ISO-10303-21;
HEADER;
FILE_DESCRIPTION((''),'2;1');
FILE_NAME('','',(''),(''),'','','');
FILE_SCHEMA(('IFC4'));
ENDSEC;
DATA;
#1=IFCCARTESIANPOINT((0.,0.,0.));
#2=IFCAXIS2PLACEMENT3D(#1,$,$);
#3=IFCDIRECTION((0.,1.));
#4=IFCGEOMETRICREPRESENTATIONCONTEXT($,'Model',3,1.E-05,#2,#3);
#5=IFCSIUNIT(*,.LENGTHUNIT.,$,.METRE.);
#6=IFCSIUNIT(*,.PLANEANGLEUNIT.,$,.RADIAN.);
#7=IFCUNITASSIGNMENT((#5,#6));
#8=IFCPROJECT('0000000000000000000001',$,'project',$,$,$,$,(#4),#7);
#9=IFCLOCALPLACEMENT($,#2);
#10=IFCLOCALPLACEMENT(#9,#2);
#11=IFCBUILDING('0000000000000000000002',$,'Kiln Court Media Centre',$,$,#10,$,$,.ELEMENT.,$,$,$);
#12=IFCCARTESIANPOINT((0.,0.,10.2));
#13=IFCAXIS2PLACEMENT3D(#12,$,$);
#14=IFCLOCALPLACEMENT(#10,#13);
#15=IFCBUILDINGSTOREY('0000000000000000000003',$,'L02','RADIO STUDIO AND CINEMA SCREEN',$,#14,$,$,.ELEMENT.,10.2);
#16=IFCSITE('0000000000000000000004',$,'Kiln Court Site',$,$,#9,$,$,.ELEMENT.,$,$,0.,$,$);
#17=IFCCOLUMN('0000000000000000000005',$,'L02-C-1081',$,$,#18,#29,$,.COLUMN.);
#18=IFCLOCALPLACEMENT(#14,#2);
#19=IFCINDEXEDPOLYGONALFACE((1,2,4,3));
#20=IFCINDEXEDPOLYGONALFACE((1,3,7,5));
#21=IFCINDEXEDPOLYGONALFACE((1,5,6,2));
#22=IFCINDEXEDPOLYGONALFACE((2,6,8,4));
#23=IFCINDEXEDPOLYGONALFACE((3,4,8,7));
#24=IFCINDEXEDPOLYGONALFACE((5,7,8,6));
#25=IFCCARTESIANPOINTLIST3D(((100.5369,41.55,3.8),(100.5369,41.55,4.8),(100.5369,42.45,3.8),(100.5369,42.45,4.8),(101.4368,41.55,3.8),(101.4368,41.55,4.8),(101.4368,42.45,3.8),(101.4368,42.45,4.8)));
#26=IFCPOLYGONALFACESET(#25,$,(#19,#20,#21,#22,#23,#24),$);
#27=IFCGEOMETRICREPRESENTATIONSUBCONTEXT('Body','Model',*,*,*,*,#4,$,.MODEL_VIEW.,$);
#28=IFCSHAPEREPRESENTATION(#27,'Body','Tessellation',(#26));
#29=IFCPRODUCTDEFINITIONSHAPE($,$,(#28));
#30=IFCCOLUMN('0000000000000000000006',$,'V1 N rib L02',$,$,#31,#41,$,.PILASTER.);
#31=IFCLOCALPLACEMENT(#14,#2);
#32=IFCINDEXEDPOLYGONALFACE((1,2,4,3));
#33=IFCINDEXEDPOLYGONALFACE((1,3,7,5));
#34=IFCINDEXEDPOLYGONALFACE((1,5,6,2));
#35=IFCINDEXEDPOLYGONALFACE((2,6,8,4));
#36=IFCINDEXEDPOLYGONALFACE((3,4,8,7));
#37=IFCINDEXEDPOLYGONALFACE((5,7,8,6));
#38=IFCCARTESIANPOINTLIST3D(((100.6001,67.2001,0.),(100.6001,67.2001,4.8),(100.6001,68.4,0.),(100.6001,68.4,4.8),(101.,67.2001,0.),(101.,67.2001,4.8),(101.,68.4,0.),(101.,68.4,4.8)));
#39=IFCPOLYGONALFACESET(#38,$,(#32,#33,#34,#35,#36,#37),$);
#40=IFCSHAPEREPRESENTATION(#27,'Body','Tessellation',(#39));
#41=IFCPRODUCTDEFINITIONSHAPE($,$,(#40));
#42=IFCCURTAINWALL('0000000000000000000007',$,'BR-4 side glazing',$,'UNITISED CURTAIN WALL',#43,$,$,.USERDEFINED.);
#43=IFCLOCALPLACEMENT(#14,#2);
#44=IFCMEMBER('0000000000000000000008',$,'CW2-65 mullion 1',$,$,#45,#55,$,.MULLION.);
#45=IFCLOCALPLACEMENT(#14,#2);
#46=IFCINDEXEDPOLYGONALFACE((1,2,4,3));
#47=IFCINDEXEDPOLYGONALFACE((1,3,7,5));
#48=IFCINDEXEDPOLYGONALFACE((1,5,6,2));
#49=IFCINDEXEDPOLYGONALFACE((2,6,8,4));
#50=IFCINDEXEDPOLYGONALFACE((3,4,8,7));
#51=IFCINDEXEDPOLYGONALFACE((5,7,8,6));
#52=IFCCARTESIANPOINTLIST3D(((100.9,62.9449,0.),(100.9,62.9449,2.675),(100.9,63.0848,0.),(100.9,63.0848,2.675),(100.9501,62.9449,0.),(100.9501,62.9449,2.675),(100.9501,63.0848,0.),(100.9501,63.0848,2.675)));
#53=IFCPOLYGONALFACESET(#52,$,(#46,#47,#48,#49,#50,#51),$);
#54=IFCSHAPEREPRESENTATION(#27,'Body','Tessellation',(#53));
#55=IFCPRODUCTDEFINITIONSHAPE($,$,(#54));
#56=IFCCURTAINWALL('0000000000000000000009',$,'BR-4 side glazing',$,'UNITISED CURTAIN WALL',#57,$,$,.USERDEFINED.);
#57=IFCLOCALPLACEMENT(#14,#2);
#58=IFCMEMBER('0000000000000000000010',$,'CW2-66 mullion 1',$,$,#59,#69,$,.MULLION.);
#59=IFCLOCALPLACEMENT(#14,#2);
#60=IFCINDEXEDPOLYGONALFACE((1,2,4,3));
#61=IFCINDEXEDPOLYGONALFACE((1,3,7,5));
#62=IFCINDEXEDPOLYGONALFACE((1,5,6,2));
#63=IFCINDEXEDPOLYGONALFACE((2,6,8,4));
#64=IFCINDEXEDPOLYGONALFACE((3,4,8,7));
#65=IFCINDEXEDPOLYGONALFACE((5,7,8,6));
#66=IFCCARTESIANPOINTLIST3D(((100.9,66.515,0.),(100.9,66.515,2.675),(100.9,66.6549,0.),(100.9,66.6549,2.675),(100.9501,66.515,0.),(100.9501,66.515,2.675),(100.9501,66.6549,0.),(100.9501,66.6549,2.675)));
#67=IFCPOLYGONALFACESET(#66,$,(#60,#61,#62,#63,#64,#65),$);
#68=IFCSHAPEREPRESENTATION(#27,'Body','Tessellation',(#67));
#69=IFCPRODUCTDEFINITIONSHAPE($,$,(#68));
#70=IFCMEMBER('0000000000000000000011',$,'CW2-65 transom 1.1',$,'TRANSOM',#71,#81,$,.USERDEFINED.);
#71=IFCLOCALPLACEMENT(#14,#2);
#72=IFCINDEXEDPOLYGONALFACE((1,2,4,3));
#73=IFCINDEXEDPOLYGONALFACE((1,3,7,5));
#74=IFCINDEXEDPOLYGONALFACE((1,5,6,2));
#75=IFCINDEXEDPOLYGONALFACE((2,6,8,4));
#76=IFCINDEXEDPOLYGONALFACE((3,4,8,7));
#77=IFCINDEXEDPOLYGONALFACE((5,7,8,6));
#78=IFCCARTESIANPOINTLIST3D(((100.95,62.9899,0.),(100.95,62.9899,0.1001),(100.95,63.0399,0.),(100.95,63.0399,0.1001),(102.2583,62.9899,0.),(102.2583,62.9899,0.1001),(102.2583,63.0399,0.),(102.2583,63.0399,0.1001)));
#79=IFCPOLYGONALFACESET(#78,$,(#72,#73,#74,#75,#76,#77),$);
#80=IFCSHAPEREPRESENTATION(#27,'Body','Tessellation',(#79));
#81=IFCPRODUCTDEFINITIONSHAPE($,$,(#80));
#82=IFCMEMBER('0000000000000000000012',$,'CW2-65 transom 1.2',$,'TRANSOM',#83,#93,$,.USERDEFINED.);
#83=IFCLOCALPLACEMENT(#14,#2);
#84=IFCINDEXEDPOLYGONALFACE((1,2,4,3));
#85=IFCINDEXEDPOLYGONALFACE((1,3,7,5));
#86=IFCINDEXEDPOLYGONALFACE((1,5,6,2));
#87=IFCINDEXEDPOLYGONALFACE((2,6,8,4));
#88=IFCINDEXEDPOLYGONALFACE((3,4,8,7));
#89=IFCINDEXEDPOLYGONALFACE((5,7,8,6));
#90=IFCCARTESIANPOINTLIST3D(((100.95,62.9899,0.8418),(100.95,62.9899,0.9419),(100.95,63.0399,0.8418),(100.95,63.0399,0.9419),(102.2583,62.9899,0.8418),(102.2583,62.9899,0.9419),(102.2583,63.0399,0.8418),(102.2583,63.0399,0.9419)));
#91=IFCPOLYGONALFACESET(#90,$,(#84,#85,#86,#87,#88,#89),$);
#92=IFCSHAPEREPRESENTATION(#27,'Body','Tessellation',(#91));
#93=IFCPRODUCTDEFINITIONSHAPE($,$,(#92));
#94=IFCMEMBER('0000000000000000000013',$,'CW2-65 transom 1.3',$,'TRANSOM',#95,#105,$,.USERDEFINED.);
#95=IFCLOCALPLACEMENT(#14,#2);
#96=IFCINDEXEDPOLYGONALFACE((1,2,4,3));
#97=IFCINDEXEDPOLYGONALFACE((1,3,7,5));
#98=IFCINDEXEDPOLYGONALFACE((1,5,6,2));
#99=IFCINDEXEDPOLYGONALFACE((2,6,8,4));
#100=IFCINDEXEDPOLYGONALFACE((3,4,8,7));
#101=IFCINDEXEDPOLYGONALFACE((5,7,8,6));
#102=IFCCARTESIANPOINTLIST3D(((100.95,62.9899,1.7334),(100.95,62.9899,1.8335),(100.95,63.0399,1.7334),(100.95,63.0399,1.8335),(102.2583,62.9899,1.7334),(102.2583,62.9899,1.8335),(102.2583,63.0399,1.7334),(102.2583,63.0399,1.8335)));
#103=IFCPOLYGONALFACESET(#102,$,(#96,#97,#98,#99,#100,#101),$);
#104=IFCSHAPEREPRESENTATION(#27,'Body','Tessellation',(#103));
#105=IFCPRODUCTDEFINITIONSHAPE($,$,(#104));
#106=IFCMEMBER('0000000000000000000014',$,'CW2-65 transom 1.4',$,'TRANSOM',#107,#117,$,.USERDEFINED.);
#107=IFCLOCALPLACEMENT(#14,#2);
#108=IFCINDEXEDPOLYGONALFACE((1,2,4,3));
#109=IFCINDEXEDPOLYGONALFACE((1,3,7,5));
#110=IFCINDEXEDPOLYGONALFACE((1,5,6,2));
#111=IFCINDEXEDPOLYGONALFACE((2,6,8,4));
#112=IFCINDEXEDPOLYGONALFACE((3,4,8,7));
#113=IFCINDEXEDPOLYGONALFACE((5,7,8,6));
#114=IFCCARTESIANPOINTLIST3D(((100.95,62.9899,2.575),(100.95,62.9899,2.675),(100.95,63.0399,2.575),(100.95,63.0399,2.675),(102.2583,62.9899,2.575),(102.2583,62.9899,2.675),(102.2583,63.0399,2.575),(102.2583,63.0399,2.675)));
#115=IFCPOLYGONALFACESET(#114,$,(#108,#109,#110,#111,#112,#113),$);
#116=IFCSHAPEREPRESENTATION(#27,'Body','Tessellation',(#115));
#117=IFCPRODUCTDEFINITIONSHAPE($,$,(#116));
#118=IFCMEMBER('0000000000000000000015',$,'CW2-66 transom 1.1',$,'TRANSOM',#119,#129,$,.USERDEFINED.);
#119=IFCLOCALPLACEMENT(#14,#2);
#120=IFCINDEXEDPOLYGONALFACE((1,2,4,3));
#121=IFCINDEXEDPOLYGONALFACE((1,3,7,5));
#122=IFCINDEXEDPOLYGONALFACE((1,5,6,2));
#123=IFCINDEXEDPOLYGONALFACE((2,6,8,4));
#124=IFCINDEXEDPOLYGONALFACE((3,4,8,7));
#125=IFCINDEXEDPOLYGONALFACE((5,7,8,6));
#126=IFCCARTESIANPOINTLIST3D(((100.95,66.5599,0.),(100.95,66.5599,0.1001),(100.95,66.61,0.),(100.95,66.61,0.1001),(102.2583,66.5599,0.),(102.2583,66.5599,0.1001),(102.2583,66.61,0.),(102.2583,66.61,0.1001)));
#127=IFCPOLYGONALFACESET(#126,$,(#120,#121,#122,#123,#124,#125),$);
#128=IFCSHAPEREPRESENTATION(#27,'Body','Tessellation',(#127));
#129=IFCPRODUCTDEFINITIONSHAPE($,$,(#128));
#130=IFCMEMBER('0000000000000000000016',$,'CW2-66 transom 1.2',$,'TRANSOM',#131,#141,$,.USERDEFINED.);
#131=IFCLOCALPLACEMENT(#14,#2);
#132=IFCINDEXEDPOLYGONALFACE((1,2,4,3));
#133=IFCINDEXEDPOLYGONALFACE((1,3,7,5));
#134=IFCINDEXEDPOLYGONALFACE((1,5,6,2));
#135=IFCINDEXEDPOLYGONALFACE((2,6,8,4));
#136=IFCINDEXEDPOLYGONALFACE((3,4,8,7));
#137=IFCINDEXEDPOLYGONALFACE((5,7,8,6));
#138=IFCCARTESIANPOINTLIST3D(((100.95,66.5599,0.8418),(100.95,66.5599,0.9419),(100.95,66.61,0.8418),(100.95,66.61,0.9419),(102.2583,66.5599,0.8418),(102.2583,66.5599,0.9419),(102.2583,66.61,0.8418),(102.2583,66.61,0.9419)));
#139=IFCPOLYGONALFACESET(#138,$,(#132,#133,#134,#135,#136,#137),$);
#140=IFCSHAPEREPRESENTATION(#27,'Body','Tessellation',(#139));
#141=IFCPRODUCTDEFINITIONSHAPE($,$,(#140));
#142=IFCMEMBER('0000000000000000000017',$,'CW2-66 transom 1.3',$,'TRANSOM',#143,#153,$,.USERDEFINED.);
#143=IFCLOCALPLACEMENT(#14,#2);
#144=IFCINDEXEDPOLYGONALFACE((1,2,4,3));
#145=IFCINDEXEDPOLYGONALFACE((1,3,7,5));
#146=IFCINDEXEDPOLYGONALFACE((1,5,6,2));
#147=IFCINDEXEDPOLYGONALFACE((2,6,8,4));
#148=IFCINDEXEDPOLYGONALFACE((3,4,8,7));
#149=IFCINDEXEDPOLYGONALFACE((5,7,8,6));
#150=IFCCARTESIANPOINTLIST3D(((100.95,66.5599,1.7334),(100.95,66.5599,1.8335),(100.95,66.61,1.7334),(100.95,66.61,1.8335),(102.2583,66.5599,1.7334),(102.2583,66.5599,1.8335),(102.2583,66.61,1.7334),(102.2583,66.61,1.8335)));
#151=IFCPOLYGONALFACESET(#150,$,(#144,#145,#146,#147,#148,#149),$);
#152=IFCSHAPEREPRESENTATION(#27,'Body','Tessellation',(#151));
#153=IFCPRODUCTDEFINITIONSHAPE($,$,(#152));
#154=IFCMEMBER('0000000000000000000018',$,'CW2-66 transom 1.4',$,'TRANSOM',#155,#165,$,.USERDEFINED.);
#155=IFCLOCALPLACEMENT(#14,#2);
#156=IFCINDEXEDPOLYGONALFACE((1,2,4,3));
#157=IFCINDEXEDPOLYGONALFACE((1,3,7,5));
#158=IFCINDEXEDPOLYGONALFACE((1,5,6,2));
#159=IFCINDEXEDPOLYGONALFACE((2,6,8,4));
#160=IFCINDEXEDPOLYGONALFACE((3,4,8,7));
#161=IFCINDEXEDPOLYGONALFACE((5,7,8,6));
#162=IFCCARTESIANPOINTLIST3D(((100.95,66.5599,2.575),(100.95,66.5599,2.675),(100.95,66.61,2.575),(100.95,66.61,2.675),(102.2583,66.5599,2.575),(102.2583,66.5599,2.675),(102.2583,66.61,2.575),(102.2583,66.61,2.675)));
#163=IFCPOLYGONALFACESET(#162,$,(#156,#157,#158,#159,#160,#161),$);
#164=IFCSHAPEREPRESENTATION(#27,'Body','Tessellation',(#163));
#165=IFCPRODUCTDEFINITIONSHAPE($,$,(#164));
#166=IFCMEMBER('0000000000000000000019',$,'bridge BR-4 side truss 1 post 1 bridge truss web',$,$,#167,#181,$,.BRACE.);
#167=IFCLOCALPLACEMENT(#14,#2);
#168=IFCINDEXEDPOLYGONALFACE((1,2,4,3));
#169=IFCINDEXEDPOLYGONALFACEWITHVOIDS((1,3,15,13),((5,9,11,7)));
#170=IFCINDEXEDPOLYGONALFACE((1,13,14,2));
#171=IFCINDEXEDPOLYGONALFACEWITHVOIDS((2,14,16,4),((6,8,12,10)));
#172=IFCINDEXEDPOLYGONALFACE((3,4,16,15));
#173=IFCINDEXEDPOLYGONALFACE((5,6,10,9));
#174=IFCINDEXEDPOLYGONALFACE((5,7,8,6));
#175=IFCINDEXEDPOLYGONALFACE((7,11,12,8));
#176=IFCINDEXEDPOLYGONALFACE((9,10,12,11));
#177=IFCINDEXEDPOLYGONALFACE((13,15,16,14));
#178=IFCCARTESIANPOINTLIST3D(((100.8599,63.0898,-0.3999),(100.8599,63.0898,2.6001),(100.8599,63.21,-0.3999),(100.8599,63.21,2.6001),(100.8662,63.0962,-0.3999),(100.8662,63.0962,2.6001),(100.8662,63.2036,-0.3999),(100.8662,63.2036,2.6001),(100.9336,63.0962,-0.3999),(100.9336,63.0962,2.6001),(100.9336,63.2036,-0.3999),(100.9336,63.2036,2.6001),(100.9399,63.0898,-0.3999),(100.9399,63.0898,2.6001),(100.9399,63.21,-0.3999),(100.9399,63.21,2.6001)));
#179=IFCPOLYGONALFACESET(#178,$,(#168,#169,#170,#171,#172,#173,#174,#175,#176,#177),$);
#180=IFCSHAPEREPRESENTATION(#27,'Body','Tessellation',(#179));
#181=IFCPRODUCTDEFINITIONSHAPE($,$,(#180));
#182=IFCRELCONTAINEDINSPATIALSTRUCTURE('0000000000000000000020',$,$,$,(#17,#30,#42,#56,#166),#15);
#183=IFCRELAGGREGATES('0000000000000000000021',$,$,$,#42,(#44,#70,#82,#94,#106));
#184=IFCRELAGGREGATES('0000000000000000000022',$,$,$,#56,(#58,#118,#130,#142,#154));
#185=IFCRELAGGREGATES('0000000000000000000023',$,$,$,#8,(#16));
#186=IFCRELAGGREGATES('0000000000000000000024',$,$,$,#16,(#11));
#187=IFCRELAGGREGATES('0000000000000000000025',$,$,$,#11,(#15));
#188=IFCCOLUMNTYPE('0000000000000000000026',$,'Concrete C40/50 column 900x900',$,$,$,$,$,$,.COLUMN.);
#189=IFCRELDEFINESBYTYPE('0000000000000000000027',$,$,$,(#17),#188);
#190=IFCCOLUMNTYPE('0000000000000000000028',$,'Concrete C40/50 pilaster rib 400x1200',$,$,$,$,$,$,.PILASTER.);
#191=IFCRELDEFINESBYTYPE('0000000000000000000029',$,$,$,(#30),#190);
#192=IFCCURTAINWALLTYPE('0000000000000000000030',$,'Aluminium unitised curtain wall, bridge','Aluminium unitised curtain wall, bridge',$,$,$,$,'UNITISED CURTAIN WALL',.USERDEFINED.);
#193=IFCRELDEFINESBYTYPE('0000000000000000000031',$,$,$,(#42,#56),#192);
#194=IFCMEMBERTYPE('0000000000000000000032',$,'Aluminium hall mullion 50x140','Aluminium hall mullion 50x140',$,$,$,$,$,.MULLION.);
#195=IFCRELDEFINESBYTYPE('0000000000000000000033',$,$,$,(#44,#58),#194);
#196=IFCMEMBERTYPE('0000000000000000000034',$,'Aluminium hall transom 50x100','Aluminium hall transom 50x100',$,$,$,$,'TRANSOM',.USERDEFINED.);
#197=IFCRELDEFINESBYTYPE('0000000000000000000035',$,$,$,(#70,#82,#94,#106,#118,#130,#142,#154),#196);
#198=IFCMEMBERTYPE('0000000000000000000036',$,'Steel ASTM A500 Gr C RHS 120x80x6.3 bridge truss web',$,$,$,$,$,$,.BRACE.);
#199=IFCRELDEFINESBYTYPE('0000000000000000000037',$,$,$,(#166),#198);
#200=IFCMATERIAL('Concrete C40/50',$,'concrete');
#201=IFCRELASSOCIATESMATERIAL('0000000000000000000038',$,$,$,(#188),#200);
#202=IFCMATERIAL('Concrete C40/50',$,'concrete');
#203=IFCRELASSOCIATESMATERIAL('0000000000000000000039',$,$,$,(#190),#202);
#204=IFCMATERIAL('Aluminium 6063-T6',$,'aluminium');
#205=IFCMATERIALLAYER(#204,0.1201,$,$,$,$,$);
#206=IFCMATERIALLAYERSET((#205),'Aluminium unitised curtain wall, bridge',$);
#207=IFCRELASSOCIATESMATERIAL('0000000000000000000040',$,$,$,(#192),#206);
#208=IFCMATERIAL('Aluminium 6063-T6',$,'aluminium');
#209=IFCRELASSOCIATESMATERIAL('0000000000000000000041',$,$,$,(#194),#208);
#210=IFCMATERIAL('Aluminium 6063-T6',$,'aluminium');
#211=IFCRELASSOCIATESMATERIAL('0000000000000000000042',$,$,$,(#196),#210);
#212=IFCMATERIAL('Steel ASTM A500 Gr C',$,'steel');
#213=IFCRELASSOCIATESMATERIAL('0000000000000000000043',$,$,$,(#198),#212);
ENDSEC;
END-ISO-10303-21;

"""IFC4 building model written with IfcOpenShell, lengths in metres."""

from ifc_helpers import new_model, si_unit, direction, frame, origin, origin_2d, place, context, subcontext, project, spatial, rectangle, hollow_rectangle, extrude, material, layer, layer_set, material_profile, profile_set, type_object, element, aggregate, save


model = new_model("IFC4")

# Units and contexts
model_context = context("Model", 3, precision=1e-05, world=origin(), true_north=direction((0.0, 1.0)))
body_context = subcontext(model_context, "Body", "Model", "MODEL_VIEW")
ifc_project = project(units=[si_unit("LENGTHUNIT", "METRE"), si_unit("PLANEANGLEUNIT", "RADIAN")], contexts=[model_context])

# Site, building, storey
site_placement = place(None, origin())
site = spatial("IfcSite", under=ifc_project, at=site_placement, Name="Kiln Court Site", CompositionType="ELEMENT", RefElevation=0.0)
building_placement = place(site_placement, origin())
building = spatial("IfcBuilding", under=site, at=building_placement, Name="Kiln Court Media Centre", CompositionType="ELEMENT")
storey_placement = place(building_placement, frame((0.0, 0.0, 10.2)))
storey = spatial("IfcBuildingStorey", under=building, at=storey_placement, Name="L02", Description="RADIO STUDIO AND CINEMA SCREEN", CompositionType="ELEMENT", Elevation=10.2)

# Columns
ifc_material_1 = material(Name="Concrete C40/50", Category="concrete")
ifc_material_profile_1 = material_profile(ifc_material_1, rectangle(XDim=0.8999, YDim=0.8999, at=origin_2d()), Name="RC 900x900")
ifc_profile_set_1 = profile_set([ifc_material_profile_1], Name="Concrete C40/50")
column_type_1 = type_object("IfcColumnType", Name="Concrete C40/50 column 900x900", PredefinedType="COLUMN", material=ifc_profile_set_1)
column_1_placement = place(storey_placement, frame((100.9868, 42.0, 3.8), z_axis=(0.0, 0.0, 1.0), x_axis=(1.0, 0.0, 0.0)))
element("IfcColumn", 1, at=column_1_placement, inside=storey, type_object=column_type_1, Name="L02-C-1081", PredefinedType="COLUMN", context=body_context, shape_type="SweptSolid", body=[
    extrude(rectangle(XDim=0.8999, YDim=0.8999, at=origin_2d()), origin(), (0.0, 0.0, 1.0), 1.0),
])
ifc_material_2 = material(Name="Concrete C40/50", Category="concrete")
ifc_material_profile_2 = material_profile(ifc_material_2, rectangle(XDim=0.3999, YDim=1.2, at=origin_2d()), Name="RC 400x1200")
ifc_profile_set_2 = profile_set([ifc_material_profile_2], Name="Concrete C40/50")
column_type_2 = type_object("IfcColumnType", Name="Concrete C40/50 pilaster rib 400x1200", PredefinedType="PILASTER", material=ifc_profile_set_2)
column_2_placement = place(storey_placement, frame((100.8, 67.8, 0.0), z_axis=(0.0, 0.0, 1.0), x_axis=(1.0, 0.0, 0.0)))
element("IfcColumn", 2, at=column_2_placement, inside=storey, type_object=column_type_2, Name="V1 N rib L02", PredefinedType="PILASTER", context=body_context, shape_type="SweptSolid", body=[
    extrude(rectangle(XDim=0.3999, YDim=1.2, at=origin_2d()), origin(), (0.0, 0.0, 1.0), 4.8),
])

# Curtain walls, members
ifc_material_3 = material(Name="Aluminium 6063-T6", Category="aluminium")
ifc_layer_1 = layer(ifc_material_3, 0.1201)
ifc_layer_set_1 = layer_set([ifc_layer_1], Name="Aluminium unitised curtain wall, bridge")
curtain_wall_type = type_object("IfcCurtainWallType", Name="Aluminium unitised curtain wall, bridge", Description="Aluminium unitised curtain wall, bridge", ElementType="UNITISED CURTAIN WALL", PredefinedType="USERDEFINED", material=ifc_layer_set_1)
curtain_wall_1_placement = place(storey_placement, origin())
curtain_wall_1 = element("IfcCurtainWall", 3, at=curtain_wall_1_placement, inside=storey, type_object=curtain_wall_type, Name="BR-4 side glazing", ObjectType="UNITISED CURTAIN WALL", PredefinedType="USERDEFINED")
ifc_material_4 = material(Name="Aluminium 6063-T6", Category="aluminium")
ifc_material_profile_3 = material_profile(ifc_material_4, rectangle(XDim=0.05, YDim=0.1399, at=origin_2d()), Name="Aluminium hall mullion 50x140")
ifc_profile_set_3 = profile_set([ifc_material_profile_3], Name="Aluminium 6063-T6")
member_type_1 = type_object("IfcMemberType", Name="Aluminium hall mullion 50x140", Description="Aluminium hall mullion 50x140", PredefinedType="MULLION", material=ifc_profile_set_3)
member_1_placement = place(storey_placement, frame((100.925, 63.0149, 0.0), z_axis=(0.0, 0.0, 1.0), x_axis=(1.0, 0.0, 0.0)))
member_1 = element("IfcMember", 4, at=member_1_placement, type_object=member_type_1, Name="CW2-65 mullion 1", PredefinedType="MULLION", context=body_context, shape_type="SweptSolid", body=[
    extrude(rectangle(XDim=0.05, YDim=0.1399, at=origin_2d()), origin(), (0.0, 0.0, 1.0), 2.675),
])
curtain_wall_2_placement = place(storey_placement, origin())
curtain_wall_2 = element("IfcCurtainWall", 5, at=curtain_wall_2_placement, inside=storey, type_object=curtain_wall_type, Name="BR-4 side glazing", ObjectType="UNITISED CURTAIN WALL", PredefinedType="USERDEFINED")
member_2_placement = place(storey_placement, frame((100.925, 66.585, 0.0), z_axis=(0.0, 0.0, 1.0), x_axis=(1.0, 0.0, 0.0)))
member_2 = element("IfcMember", 6, at=member_2_placement, type_object=member_type_1, Name="CW2-66 mullion 1", PredefinedType="MULLION", context=body_context, shape_type="SweptSolid", body=[
    extrude(rectangle(XDim=0.05, YDim=0.1399, at=origin_2d()), origin(), (0.0, 0.0, 1.0), 2.675),
])

# Members
ifc_material_5 = material(Name="Aluminium 6063-T6", Category="aluminium")
ifc_material_profile_4 = material_profile(ifc_material_5, rectangle(XDim=0.05, YDim=0.1001, at=origin_2d()), Name="Aluminium hall transom 50x100")
ifc_profile_set_4 = profile_set([ifc_material_profile_4], Name="Aluminium 6063-T6")
member_type_2 = type_object("IfcMemberType", Name="Aluminium hall transom 50x100", Description="Aluminium hall transom 50x100", ElementType="TRANSOM", PredefinedType="USERDEFINED", material=ifc_profile_set_4)
member_3_placement = place(storey_placement, frame((100.95, 63.0149, 0.05), z_axis=(1.0, 0.0, 0.0), x_axis=(0.0, 1.0, 0.0)))
member_3 = element("IfcMember", 7, at=member_3_placement, type_object=member_type_2, Name="CW2-65 transom 1.1", ObjectType="TRANSOM", PredefinedType="USERDEFINED", context=body_context, shape_type="SweptSolid", body=[
    extrude(rectangle(XDim=0.05, YDim=0.1001, at=origin_2d()), origin(), (0.0, 0.0, 1.0), 1.3083),
])
member_4_placement = place(storey_placement, frame((100.95, 63.0149, 0.8918), z_axis=(1.0, 0.0, 0.0), x_axis=(0.0, 1.0, 0.0)))
member_4 = element("IfcMember", 8, at=member_4_placement, type_object=member_type_2, Name="CW2-65 transom 1.2", ObjectType="TRANSOM", PredefinedType="USERDEFINED", context=body_context, shape_type="SweptSolid", body=[
    extrude(rectangle(XDim=0.05, YDim=0.1001, at=origin_2d()), origin(), (0.0, 0.0, 1.0), 1.3083),
])
member_5_placement = place(storey_placement, frame((100.95, 63.0149, 1.7834), z_axis=(1.0, 0.0, 0.0), x_axis=(0.0, 1.0, 0.0)))
member_5 = element("IfcMember", 9, at=member_5_placement, type_object=member_type_2, Name="CW2-65 transom 1.3", ObjectType="TRANSOM", PredefinedType="USERDEFINED", context=body_context, shape_type="SweptSolid", body=[
    extrude(rectangle(XDim=0.05, YDim=0.1001, at=origin_2d()), origin(), (0.0, 0.0, 1.0), 1.3083),
])
member_6_placement = place(storey_placement, frame((100.95, 63.0149, 2.625), z_axis=(1.0, 0.0, 0.0), x_axis=(0.0, 1.0, 0.0)))
member_6 = element("IfcMember", 10, at=member_6_placement, type_object=member_type_2, Name="CW2-65 transom 1.4", ObjectType="TRANSOM", PredefinedType="USERDEFINED", context=body_context, shape_type="SweptSolid", body=[
    extrude(rectangle(XDim=0.05, YDim=0.1001, at=origin_2d()), origin(), (0.0, 0.0, 1.0), 1.3083),
])
aggregate(curtain_wall_1, [member_1, member_3, member_4, member_5, member_6])
member_7_placement = place(storey_placement, frame((100.95, 66.585, 0.05), z_axis=(1.0, 0.0, 0.0), x_axis=(0.0, 1.0, 0.0)))
member_7 = element("IfcMember", 11, at=member_7_placement, type_object=member_type_2, Name="CW2-66 transom 1.1", ObjectType="TRANSOM", PredefinedType="USERDEFINED", context=body_context, shape_type="SweptSolid", body=[
    extrude(rectangle(XDim=0.05, YDim=0.1001, at=origin_2d()), origin(), (0.0, 0.0, 1.0), 1.3083),
])
member_8_placement = place(storey_placement, frame((100.95, 66.585, 0.8918), z_axis=(1.0, 0.0, 0.0), x_axis=(0.0, 1.0, 0.0)))
member_8 = element("IfcMember", 12, at=member_8_placement, type_object=member_type_2, Name="CW2-66 transom 1.2", ObjectType="TRANSOM", PredefinedType="USERDEFINED", context=body_context, shape_type="SweptSolid", body=[
    extrude(rectangle(XDim=0.05, YDim=0.1001, at=origin_2d()), origin(), (0.0, 0.0, 1.0), 1.3083),
])
member_9_placement = place(storey_placement, frame((100.95, 66.585, 1.7834), z_axis=(1.0, 0.0, 0.0), x_axis=(0.0, 1.0, 0.0)))
member_9 = element("IfcMember", 13, at=member_9_placement, type_object=member_type_2, Name="CW2-66 transom 1.3", ObjectType="TRANSOM", PredefinedType="USERDEFINED", context=body_context, shape_type="SweptSolid", body=[
    extrude(rectangle(XDim=0.05, YDim=0.1001, at=origin_2d()), origin(), (0.0, 0.0, 1.0), 1.3083),
])
member_10_placement = place(storey_placement, frame((100.95, 66.585, 2.625), z_axis=(1.0, 0.0, 0.0), x_axis=(0.0, 1.0, 0.0)))
member_10 = element("IfcMember", 14, at=member_10_placement, type_object=member_type_2, Name="CW2-66 transom 1.4", ObjectType="TRANSOM", PredefinedType="USERDEFINED", context=body_context, shape_type="SweptSolid", body=[
    extrude(rectangle(XDim=0.05, YDim=0.1001, at=origin_2d()), origin(), (0.0, 0.0, 1.0), 1.3083),
])
aggregate(curtain_wall_2, [member_2, member_7, member_8, member_9, member_10])

# Member
ifc_material_6 = material(Name="Steel ASTM A500 Gr C", Category="steel")
ifc_material_profile_5 = material_profile(ifc_material_6, hollow_rectangle(XDim=0.0801, YDim=0.1201, WallThickness=0.0063, at=origin_2d()), Name="RHS 120x80x6.3")
ifc_profile_set_5 = profile_set([ifc_material_profile_5], Name="Steel ASTM A500 Gr C")
member_type_3 = type_object("IfcMemberType", Name="Steel ASTM A500 Gr C RHS 120x80x6.3 bridge truss web", PredefinedType="BRACE", material=ifc_profile_set_5)
member_11_placement = place(storey_placement, frame((100.8999, 63.1499, -0.3999), z_axis=(0.0, 0.0, 1.0), x_axis=(1.0, 0.0, 0.0)))
element("IfcMember", 15, at=member_11_placement, inside=storey, type_object=member_type_3, Name="bridge BR-4 side truss 1 post 1 bridge truss web", PredefinedType="BRACE", context=body_context, shape_type="SweptSolid", body=[
    extrude(hollow_rectangle(XDim=0.0801, YDim=0.1201, WallThickness=0.0063, at=origin_2d()), origin(), (0.0, 0.0, 1.0), 3.0),
])

save(model, "model.ifc")
